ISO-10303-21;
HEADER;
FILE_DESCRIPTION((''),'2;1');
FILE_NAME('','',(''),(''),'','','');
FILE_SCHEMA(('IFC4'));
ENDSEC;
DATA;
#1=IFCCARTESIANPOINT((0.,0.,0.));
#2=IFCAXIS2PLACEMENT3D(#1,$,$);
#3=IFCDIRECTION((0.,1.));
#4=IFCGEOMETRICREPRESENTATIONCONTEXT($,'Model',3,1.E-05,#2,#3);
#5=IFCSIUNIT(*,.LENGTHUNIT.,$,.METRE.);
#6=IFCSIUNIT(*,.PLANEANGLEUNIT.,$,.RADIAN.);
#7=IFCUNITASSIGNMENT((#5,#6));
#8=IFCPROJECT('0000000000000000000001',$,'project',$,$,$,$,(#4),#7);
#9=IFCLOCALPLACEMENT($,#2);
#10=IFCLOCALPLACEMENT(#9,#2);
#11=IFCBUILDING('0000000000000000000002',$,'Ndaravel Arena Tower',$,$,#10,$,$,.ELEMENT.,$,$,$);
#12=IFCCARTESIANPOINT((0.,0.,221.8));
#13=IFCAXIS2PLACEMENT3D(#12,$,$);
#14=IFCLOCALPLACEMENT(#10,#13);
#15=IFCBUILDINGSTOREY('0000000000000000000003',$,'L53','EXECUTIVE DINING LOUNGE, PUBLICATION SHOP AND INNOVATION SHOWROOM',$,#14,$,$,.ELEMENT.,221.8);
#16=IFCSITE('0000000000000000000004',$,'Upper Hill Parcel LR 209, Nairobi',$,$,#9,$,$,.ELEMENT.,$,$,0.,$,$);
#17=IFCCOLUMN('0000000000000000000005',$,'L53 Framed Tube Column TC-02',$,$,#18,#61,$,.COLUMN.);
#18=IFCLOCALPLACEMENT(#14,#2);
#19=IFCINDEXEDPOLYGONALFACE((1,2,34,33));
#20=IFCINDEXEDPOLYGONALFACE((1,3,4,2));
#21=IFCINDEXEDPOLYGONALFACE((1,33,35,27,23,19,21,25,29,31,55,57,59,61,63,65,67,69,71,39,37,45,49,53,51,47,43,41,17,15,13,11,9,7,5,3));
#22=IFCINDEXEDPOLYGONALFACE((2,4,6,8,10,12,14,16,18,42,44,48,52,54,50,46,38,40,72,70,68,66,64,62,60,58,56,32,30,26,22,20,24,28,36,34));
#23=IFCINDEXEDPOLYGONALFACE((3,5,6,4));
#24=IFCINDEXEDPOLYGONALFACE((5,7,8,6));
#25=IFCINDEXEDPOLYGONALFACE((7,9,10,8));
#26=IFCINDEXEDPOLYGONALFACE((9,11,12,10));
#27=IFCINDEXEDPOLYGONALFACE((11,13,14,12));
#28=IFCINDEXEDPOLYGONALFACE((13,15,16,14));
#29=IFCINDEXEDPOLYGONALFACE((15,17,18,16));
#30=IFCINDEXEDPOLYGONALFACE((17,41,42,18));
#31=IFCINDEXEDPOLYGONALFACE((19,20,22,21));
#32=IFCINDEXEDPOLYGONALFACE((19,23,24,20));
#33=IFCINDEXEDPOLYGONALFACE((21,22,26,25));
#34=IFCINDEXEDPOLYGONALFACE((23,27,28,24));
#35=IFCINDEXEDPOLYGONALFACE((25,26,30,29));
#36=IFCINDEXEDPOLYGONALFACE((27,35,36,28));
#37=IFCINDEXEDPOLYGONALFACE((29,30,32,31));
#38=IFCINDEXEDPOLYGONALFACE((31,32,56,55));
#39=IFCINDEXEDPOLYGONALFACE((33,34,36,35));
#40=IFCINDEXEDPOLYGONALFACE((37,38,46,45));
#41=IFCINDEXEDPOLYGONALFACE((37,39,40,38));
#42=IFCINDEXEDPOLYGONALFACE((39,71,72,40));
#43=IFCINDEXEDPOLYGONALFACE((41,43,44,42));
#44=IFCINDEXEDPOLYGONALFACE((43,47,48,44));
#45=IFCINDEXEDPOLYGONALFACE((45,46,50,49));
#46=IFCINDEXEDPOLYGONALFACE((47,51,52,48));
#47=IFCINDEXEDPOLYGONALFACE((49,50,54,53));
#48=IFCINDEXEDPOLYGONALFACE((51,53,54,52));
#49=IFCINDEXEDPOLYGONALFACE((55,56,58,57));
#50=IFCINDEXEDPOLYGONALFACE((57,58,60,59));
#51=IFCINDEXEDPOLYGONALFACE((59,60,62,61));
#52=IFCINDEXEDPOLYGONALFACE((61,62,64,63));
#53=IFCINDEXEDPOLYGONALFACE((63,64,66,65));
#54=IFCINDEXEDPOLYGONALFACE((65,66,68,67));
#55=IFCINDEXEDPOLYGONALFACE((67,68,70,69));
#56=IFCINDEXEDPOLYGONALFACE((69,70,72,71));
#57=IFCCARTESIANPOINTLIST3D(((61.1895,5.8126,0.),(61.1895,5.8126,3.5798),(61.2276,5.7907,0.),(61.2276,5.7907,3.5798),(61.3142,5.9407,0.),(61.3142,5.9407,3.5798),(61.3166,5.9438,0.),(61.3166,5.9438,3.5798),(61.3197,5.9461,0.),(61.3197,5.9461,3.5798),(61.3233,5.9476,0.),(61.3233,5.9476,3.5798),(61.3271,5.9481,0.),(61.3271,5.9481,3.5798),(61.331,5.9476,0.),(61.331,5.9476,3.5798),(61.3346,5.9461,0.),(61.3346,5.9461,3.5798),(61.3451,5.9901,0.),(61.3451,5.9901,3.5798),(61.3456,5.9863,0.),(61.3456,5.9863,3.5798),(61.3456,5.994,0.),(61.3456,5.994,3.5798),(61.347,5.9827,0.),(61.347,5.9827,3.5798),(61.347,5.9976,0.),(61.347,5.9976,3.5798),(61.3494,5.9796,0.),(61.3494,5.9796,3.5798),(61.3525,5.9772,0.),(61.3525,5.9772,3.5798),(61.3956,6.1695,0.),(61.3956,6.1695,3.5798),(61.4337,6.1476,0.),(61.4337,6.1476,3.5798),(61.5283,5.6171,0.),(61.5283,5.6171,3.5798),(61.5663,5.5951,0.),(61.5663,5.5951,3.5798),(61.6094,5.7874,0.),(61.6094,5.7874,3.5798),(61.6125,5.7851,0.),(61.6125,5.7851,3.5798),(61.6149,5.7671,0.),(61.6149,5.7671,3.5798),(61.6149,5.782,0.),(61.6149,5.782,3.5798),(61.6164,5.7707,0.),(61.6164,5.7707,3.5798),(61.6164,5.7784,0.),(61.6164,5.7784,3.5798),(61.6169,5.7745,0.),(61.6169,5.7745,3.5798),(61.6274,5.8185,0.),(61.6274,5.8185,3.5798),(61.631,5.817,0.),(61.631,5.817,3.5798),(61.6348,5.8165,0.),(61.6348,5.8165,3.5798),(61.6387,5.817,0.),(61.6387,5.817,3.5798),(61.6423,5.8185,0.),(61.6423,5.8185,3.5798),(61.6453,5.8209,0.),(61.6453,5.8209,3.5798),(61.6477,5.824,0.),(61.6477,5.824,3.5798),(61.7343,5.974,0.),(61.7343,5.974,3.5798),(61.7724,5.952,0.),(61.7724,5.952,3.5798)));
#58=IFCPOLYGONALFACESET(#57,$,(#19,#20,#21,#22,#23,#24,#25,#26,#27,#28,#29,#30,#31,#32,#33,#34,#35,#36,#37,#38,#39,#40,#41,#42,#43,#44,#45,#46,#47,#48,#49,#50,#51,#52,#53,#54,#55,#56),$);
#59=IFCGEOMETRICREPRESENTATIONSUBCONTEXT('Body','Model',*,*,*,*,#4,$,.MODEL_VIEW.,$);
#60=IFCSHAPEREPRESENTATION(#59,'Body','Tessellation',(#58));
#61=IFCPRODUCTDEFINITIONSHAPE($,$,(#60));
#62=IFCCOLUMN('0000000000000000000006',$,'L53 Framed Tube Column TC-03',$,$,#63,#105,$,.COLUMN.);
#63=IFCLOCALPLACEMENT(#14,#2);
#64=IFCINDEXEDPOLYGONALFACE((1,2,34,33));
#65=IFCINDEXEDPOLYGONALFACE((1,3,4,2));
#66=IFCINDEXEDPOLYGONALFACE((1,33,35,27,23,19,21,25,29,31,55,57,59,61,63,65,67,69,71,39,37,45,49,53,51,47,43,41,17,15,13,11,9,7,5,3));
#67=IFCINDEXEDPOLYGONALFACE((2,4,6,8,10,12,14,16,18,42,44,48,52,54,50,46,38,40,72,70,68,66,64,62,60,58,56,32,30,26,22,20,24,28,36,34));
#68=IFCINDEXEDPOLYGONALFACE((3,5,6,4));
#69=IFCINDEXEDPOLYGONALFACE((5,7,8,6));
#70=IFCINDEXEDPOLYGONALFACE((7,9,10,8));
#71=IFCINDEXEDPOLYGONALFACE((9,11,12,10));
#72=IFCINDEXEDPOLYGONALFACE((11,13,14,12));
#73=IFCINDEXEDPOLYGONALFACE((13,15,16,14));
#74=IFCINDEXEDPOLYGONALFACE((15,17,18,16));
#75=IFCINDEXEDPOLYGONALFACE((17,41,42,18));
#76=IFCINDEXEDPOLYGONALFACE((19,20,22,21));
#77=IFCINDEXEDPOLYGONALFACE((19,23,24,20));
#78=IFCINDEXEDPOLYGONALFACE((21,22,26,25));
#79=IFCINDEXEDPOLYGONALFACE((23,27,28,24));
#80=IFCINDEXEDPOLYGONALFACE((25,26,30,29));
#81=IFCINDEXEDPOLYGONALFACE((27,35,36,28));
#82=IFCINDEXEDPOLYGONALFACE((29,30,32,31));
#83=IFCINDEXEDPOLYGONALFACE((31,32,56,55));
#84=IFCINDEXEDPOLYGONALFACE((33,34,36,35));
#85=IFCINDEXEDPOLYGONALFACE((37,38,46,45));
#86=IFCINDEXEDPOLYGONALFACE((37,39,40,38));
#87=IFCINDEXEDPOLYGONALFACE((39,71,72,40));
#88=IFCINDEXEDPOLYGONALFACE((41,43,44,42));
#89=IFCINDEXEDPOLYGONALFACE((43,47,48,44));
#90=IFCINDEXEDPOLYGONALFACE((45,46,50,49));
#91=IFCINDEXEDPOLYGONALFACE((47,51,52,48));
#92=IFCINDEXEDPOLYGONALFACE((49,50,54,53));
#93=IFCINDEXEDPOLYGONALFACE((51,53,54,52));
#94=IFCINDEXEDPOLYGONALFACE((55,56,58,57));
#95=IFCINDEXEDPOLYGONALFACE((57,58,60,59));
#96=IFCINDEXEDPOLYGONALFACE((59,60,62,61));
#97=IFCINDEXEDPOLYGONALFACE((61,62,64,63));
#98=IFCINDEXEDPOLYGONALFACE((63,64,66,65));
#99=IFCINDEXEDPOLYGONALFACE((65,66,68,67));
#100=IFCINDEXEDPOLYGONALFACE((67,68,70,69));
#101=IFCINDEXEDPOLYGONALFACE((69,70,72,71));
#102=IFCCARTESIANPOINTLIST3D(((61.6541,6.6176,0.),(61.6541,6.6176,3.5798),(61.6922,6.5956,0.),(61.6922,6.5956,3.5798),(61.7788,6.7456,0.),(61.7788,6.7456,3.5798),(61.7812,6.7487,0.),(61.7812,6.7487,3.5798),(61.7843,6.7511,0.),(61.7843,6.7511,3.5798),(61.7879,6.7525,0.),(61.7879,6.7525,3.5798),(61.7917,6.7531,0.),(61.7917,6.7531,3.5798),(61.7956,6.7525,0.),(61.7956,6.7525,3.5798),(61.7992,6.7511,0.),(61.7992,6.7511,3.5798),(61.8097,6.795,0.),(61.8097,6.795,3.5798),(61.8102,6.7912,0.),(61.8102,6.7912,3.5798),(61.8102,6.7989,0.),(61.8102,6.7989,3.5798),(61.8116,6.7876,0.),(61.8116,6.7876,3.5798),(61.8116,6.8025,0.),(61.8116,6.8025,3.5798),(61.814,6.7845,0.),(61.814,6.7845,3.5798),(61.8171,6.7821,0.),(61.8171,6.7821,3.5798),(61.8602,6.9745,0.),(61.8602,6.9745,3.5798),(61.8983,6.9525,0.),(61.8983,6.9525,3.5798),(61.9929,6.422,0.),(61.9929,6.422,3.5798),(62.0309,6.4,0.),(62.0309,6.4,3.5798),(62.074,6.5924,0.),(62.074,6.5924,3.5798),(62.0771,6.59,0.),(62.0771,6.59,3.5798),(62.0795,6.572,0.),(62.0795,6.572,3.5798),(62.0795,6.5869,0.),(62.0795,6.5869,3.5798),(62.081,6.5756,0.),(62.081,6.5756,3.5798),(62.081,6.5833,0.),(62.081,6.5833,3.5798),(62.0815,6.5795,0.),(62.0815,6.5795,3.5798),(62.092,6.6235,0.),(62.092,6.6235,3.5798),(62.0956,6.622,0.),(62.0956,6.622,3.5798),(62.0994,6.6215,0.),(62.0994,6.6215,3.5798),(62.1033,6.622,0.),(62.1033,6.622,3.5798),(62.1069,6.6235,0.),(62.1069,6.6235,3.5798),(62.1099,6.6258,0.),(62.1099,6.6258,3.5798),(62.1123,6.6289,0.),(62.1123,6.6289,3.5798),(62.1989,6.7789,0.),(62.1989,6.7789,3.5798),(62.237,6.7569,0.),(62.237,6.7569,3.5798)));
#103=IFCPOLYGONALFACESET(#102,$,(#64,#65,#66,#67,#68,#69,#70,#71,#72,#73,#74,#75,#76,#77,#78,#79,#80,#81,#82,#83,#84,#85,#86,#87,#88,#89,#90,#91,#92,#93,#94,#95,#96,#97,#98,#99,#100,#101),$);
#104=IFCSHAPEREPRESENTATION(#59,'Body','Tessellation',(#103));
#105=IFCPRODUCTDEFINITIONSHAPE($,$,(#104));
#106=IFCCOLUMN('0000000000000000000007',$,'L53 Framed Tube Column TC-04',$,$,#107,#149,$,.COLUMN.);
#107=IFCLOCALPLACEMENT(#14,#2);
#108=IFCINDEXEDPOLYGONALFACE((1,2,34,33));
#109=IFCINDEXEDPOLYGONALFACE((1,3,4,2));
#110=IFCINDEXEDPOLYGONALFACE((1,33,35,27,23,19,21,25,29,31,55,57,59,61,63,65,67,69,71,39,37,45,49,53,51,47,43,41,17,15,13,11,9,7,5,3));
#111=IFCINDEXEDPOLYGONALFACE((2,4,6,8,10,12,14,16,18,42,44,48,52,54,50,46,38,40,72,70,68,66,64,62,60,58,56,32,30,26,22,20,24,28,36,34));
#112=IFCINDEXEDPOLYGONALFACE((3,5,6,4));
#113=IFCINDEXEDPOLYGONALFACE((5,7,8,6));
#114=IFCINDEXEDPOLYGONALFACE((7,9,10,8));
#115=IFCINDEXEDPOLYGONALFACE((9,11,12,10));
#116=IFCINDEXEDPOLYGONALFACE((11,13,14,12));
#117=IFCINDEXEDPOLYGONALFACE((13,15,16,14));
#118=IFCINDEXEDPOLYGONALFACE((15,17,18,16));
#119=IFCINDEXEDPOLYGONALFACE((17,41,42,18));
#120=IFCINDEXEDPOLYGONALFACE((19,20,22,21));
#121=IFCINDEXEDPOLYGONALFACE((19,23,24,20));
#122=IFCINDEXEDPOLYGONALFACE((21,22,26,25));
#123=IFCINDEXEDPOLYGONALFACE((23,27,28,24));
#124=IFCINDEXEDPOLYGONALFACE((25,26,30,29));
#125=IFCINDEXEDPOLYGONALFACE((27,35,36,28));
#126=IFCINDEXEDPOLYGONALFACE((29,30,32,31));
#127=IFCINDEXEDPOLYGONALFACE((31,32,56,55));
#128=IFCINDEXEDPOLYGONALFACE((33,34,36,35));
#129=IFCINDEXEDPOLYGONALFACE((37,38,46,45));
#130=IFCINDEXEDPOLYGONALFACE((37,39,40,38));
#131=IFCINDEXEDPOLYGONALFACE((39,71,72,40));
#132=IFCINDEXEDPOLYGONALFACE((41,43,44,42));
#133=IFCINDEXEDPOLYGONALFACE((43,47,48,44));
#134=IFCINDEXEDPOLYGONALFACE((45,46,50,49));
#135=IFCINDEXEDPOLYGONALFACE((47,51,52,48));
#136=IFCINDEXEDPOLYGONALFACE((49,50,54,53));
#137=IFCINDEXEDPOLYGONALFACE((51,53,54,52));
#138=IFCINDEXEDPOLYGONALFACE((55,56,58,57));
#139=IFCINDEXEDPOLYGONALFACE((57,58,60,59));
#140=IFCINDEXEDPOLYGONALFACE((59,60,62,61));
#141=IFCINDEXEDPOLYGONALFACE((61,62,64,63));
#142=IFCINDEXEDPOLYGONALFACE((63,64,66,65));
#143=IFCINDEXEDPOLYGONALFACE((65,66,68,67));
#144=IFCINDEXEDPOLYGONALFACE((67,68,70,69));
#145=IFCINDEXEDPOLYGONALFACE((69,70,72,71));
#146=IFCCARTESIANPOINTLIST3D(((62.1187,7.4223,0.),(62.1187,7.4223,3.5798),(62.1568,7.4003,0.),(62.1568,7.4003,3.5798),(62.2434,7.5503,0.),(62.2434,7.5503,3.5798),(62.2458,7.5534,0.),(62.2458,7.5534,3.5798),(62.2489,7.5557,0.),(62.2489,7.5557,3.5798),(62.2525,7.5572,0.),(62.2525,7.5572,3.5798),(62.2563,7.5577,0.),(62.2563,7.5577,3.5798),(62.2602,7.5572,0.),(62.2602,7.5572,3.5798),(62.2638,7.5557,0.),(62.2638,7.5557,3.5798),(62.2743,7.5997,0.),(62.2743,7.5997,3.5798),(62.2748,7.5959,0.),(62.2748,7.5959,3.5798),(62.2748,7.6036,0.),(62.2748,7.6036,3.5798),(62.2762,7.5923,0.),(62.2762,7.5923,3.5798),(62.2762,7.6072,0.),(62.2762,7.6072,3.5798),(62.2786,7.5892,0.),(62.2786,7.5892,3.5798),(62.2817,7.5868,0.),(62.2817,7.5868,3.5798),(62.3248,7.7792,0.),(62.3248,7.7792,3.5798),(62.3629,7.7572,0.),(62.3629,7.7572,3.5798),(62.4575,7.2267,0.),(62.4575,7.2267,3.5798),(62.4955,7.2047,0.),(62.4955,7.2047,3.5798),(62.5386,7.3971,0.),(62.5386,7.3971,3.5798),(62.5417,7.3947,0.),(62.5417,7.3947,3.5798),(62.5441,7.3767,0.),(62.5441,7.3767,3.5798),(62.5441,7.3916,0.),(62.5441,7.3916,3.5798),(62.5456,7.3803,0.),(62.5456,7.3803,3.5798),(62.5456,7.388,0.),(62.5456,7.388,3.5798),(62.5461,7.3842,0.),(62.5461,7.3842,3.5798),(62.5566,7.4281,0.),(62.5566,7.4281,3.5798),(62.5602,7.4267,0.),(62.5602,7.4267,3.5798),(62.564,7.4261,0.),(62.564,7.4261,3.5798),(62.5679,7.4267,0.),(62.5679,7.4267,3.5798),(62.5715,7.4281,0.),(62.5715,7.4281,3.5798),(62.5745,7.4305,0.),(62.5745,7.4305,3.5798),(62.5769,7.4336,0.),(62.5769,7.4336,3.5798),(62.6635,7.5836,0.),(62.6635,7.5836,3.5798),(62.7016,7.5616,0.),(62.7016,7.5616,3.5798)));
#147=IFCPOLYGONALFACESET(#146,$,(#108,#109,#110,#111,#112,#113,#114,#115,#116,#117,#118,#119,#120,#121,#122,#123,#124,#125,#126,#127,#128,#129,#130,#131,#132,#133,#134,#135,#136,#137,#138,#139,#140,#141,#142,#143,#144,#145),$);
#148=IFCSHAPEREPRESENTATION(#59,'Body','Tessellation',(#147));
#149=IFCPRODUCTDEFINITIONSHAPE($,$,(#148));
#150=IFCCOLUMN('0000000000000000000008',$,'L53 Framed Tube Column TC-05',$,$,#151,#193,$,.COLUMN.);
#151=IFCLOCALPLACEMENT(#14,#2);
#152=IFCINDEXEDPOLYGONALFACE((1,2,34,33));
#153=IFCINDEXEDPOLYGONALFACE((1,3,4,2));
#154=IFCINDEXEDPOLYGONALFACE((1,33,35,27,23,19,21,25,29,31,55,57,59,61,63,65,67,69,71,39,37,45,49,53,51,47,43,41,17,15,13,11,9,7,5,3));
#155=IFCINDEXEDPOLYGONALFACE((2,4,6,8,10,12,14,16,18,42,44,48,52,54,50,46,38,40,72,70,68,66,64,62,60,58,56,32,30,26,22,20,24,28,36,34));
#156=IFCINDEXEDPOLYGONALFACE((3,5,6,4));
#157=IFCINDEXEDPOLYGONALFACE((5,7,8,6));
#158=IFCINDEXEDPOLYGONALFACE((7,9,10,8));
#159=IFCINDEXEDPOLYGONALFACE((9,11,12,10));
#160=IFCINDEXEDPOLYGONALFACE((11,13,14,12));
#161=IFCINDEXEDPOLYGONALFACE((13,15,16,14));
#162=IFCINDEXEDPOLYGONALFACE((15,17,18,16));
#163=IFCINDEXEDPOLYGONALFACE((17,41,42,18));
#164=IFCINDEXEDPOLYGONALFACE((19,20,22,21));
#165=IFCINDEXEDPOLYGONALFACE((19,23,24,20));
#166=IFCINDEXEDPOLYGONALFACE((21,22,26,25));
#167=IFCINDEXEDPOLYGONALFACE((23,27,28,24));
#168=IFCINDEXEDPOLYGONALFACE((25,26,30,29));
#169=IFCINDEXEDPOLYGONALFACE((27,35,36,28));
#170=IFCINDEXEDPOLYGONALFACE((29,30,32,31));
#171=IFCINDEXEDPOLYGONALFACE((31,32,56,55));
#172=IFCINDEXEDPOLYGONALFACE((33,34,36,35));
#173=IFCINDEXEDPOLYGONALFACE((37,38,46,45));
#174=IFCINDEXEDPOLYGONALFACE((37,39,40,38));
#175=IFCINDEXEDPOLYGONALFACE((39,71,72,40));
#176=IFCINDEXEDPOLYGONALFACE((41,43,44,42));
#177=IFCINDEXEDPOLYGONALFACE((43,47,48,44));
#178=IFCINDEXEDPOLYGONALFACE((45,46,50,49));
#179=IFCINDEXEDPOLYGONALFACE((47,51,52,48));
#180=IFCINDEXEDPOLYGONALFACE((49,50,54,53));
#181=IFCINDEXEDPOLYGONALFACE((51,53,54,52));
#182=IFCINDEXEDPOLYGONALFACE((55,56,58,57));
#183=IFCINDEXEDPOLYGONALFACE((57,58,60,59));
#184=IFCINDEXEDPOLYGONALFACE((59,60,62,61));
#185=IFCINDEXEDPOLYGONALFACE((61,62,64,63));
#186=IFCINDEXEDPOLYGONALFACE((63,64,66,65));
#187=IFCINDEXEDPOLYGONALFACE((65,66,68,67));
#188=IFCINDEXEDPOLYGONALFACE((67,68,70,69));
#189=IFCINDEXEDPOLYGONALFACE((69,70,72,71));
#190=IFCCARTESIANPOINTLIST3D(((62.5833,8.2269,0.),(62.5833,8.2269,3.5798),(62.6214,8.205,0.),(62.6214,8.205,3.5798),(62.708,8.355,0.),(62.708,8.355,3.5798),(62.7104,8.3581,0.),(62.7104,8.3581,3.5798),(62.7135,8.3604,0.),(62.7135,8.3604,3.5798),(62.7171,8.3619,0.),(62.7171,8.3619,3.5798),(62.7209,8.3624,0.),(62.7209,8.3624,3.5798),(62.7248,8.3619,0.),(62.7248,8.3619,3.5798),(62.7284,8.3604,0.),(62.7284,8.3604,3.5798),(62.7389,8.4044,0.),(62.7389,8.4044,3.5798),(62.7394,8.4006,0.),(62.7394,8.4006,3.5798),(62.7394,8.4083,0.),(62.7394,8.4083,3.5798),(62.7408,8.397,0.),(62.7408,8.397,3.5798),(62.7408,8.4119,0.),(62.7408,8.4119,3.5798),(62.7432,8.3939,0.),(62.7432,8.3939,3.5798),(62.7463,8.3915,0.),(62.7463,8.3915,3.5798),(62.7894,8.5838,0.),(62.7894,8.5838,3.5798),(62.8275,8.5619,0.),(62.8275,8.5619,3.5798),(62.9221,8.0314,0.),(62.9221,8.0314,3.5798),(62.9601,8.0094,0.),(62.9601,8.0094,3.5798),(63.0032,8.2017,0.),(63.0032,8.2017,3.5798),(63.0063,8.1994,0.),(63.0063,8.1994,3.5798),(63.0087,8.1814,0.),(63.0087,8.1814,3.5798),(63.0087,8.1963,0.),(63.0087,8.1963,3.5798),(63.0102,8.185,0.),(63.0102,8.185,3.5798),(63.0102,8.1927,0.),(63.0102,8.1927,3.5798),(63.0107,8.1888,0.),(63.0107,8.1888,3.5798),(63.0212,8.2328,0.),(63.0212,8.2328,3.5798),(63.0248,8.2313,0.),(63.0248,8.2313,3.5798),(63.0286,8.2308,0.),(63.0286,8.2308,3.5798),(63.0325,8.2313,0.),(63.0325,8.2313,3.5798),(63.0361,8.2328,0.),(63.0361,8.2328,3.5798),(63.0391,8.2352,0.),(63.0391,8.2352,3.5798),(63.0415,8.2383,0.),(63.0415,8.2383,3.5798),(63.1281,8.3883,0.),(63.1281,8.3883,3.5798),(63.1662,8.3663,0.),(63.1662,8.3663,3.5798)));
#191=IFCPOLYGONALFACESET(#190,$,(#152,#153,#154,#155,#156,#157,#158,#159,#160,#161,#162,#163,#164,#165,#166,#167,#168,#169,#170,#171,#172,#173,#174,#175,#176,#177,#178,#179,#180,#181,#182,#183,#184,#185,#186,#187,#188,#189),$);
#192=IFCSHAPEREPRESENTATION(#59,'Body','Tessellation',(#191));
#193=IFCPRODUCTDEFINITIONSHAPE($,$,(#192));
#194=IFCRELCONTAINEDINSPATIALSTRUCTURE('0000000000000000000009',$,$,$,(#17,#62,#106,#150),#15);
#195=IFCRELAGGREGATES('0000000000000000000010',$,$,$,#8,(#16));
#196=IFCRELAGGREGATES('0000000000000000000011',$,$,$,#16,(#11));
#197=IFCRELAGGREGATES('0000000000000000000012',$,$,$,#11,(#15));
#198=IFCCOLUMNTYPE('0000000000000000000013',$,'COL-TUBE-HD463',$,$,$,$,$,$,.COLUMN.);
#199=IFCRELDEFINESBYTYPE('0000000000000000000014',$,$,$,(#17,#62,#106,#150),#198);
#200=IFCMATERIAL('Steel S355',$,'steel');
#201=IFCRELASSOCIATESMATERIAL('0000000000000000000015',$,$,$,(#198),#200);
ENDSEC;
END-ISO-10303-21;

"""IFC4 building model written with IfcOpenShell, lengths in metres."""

from ifc_helpers import new_model, si_unit, direction, frame, origin, origin_2d, place, context, subcontext, project, spatial, i_section, extrude, material, material_profile, profile_set, type_object, element, save


model = new_model("IFC4")

# Units and contexts
model_context = context("Model", 3, precision=1e-05, world=origin(), true_north=direction((0.0, 1.0)))
body_context = subcontext(model_context, "Body", "Model", "MODEL_VIEW")
ifc_project = project(units=[si_unit("LENGTHUNIT", "METRE"), si_unit("PLANEANGLEUNIT", "RADIAN")], contexts=[model_context])

# Site, building, storey
site_placement = place(None, origin())
site = spatial("IfcSite", under=ifc_project, at=site_placement, Name="Upper Hill Parcel LR 209, Nairobi", CompositionType="ELEMENT", RefElevation=0.0)
building_placement = place(site_placement, origin())
building = spatial("IfcBuilding", under=site, at=building_placement, Name="Ndaravel Arena Tower", CompositionType="ELEMENT")
storey_placement = place(building_placement, frame((0.0, 0.0, 221.8)))
storey = spatial("IfcBuildingStorey", under=building, at=storey_placement, Name="L53", Description="EXECUTIVE DINING LOUNGE, PUBLICATION SHOP AND INNOVATION SHOWROOM", CompositionType="ELEMENT", Elevation=221.8)

# Columns
ifc_material_1 = material(Name="Steel S355", Category="steel")
ifc_material_profile_1 = material_profile(ifc_material_1, i_section(OverallWidth=0.4121, OverallDepth=0.4351, WebThickness=0.0359, FlangeThickness=0.0439, FilletRadius=0.0149, at=origin_2d()), Name="HD 400x463")
ifc_profile_set_1 = profile_set([ifc_material_profile_1], Name="Steel S355")
column_type = type_object("IfcColumnType", Name="COL-TUBE-HD463", PredefinedType="COLUMN", material=ifc_profile_set_1)
for number, where, z_axis, x_axis, name in (
    (1, (61.481, 5.8823, 0.0), (0.0, 0.0, 1.0), (0.5, 0.866025, 0.0), "L53 Framed Tube Column TC-02"),
    (2, (61.9456, 6.6873, 0.0), (0.0, 0.0, 1.0), (0.5, 0.866025, 0.0), "L53 Framed Tube Column TC-03"),
    (3, (62.4102, 7.4919, 0.0), (0.0, 0.0, 1.0), (0.5, 0.866025, 0.0), "L53 Framed Tube Column TC-04"),
    (4, (62.8748, 8.2966, 0.0), (0.0, 0.0, 1.0), (0.5, 0.866025, 0.0), "L53 Framed Tube Column TC-05"),
):
    element("IfcColumn", number, at=place(storey_placement, frame(where, z_axis=z_axis, x_axis=x_axis)), inside=storey, type_object=column_type, Name=name, PredefinedType="COLUMN", context=body_context, shape_type="SweptSolid", body=[
        extrude(i_section(OverallWidth=0.4121, OverallDepth=0.4351, WebThickness=0.0359, FlangeThickness=0.0439, FilletRadius=0.0149, at=origin_2d()), origin(), (0.0, 0.0, 1.0), 3.5798),
    ])

save(model, "model.ifc")
